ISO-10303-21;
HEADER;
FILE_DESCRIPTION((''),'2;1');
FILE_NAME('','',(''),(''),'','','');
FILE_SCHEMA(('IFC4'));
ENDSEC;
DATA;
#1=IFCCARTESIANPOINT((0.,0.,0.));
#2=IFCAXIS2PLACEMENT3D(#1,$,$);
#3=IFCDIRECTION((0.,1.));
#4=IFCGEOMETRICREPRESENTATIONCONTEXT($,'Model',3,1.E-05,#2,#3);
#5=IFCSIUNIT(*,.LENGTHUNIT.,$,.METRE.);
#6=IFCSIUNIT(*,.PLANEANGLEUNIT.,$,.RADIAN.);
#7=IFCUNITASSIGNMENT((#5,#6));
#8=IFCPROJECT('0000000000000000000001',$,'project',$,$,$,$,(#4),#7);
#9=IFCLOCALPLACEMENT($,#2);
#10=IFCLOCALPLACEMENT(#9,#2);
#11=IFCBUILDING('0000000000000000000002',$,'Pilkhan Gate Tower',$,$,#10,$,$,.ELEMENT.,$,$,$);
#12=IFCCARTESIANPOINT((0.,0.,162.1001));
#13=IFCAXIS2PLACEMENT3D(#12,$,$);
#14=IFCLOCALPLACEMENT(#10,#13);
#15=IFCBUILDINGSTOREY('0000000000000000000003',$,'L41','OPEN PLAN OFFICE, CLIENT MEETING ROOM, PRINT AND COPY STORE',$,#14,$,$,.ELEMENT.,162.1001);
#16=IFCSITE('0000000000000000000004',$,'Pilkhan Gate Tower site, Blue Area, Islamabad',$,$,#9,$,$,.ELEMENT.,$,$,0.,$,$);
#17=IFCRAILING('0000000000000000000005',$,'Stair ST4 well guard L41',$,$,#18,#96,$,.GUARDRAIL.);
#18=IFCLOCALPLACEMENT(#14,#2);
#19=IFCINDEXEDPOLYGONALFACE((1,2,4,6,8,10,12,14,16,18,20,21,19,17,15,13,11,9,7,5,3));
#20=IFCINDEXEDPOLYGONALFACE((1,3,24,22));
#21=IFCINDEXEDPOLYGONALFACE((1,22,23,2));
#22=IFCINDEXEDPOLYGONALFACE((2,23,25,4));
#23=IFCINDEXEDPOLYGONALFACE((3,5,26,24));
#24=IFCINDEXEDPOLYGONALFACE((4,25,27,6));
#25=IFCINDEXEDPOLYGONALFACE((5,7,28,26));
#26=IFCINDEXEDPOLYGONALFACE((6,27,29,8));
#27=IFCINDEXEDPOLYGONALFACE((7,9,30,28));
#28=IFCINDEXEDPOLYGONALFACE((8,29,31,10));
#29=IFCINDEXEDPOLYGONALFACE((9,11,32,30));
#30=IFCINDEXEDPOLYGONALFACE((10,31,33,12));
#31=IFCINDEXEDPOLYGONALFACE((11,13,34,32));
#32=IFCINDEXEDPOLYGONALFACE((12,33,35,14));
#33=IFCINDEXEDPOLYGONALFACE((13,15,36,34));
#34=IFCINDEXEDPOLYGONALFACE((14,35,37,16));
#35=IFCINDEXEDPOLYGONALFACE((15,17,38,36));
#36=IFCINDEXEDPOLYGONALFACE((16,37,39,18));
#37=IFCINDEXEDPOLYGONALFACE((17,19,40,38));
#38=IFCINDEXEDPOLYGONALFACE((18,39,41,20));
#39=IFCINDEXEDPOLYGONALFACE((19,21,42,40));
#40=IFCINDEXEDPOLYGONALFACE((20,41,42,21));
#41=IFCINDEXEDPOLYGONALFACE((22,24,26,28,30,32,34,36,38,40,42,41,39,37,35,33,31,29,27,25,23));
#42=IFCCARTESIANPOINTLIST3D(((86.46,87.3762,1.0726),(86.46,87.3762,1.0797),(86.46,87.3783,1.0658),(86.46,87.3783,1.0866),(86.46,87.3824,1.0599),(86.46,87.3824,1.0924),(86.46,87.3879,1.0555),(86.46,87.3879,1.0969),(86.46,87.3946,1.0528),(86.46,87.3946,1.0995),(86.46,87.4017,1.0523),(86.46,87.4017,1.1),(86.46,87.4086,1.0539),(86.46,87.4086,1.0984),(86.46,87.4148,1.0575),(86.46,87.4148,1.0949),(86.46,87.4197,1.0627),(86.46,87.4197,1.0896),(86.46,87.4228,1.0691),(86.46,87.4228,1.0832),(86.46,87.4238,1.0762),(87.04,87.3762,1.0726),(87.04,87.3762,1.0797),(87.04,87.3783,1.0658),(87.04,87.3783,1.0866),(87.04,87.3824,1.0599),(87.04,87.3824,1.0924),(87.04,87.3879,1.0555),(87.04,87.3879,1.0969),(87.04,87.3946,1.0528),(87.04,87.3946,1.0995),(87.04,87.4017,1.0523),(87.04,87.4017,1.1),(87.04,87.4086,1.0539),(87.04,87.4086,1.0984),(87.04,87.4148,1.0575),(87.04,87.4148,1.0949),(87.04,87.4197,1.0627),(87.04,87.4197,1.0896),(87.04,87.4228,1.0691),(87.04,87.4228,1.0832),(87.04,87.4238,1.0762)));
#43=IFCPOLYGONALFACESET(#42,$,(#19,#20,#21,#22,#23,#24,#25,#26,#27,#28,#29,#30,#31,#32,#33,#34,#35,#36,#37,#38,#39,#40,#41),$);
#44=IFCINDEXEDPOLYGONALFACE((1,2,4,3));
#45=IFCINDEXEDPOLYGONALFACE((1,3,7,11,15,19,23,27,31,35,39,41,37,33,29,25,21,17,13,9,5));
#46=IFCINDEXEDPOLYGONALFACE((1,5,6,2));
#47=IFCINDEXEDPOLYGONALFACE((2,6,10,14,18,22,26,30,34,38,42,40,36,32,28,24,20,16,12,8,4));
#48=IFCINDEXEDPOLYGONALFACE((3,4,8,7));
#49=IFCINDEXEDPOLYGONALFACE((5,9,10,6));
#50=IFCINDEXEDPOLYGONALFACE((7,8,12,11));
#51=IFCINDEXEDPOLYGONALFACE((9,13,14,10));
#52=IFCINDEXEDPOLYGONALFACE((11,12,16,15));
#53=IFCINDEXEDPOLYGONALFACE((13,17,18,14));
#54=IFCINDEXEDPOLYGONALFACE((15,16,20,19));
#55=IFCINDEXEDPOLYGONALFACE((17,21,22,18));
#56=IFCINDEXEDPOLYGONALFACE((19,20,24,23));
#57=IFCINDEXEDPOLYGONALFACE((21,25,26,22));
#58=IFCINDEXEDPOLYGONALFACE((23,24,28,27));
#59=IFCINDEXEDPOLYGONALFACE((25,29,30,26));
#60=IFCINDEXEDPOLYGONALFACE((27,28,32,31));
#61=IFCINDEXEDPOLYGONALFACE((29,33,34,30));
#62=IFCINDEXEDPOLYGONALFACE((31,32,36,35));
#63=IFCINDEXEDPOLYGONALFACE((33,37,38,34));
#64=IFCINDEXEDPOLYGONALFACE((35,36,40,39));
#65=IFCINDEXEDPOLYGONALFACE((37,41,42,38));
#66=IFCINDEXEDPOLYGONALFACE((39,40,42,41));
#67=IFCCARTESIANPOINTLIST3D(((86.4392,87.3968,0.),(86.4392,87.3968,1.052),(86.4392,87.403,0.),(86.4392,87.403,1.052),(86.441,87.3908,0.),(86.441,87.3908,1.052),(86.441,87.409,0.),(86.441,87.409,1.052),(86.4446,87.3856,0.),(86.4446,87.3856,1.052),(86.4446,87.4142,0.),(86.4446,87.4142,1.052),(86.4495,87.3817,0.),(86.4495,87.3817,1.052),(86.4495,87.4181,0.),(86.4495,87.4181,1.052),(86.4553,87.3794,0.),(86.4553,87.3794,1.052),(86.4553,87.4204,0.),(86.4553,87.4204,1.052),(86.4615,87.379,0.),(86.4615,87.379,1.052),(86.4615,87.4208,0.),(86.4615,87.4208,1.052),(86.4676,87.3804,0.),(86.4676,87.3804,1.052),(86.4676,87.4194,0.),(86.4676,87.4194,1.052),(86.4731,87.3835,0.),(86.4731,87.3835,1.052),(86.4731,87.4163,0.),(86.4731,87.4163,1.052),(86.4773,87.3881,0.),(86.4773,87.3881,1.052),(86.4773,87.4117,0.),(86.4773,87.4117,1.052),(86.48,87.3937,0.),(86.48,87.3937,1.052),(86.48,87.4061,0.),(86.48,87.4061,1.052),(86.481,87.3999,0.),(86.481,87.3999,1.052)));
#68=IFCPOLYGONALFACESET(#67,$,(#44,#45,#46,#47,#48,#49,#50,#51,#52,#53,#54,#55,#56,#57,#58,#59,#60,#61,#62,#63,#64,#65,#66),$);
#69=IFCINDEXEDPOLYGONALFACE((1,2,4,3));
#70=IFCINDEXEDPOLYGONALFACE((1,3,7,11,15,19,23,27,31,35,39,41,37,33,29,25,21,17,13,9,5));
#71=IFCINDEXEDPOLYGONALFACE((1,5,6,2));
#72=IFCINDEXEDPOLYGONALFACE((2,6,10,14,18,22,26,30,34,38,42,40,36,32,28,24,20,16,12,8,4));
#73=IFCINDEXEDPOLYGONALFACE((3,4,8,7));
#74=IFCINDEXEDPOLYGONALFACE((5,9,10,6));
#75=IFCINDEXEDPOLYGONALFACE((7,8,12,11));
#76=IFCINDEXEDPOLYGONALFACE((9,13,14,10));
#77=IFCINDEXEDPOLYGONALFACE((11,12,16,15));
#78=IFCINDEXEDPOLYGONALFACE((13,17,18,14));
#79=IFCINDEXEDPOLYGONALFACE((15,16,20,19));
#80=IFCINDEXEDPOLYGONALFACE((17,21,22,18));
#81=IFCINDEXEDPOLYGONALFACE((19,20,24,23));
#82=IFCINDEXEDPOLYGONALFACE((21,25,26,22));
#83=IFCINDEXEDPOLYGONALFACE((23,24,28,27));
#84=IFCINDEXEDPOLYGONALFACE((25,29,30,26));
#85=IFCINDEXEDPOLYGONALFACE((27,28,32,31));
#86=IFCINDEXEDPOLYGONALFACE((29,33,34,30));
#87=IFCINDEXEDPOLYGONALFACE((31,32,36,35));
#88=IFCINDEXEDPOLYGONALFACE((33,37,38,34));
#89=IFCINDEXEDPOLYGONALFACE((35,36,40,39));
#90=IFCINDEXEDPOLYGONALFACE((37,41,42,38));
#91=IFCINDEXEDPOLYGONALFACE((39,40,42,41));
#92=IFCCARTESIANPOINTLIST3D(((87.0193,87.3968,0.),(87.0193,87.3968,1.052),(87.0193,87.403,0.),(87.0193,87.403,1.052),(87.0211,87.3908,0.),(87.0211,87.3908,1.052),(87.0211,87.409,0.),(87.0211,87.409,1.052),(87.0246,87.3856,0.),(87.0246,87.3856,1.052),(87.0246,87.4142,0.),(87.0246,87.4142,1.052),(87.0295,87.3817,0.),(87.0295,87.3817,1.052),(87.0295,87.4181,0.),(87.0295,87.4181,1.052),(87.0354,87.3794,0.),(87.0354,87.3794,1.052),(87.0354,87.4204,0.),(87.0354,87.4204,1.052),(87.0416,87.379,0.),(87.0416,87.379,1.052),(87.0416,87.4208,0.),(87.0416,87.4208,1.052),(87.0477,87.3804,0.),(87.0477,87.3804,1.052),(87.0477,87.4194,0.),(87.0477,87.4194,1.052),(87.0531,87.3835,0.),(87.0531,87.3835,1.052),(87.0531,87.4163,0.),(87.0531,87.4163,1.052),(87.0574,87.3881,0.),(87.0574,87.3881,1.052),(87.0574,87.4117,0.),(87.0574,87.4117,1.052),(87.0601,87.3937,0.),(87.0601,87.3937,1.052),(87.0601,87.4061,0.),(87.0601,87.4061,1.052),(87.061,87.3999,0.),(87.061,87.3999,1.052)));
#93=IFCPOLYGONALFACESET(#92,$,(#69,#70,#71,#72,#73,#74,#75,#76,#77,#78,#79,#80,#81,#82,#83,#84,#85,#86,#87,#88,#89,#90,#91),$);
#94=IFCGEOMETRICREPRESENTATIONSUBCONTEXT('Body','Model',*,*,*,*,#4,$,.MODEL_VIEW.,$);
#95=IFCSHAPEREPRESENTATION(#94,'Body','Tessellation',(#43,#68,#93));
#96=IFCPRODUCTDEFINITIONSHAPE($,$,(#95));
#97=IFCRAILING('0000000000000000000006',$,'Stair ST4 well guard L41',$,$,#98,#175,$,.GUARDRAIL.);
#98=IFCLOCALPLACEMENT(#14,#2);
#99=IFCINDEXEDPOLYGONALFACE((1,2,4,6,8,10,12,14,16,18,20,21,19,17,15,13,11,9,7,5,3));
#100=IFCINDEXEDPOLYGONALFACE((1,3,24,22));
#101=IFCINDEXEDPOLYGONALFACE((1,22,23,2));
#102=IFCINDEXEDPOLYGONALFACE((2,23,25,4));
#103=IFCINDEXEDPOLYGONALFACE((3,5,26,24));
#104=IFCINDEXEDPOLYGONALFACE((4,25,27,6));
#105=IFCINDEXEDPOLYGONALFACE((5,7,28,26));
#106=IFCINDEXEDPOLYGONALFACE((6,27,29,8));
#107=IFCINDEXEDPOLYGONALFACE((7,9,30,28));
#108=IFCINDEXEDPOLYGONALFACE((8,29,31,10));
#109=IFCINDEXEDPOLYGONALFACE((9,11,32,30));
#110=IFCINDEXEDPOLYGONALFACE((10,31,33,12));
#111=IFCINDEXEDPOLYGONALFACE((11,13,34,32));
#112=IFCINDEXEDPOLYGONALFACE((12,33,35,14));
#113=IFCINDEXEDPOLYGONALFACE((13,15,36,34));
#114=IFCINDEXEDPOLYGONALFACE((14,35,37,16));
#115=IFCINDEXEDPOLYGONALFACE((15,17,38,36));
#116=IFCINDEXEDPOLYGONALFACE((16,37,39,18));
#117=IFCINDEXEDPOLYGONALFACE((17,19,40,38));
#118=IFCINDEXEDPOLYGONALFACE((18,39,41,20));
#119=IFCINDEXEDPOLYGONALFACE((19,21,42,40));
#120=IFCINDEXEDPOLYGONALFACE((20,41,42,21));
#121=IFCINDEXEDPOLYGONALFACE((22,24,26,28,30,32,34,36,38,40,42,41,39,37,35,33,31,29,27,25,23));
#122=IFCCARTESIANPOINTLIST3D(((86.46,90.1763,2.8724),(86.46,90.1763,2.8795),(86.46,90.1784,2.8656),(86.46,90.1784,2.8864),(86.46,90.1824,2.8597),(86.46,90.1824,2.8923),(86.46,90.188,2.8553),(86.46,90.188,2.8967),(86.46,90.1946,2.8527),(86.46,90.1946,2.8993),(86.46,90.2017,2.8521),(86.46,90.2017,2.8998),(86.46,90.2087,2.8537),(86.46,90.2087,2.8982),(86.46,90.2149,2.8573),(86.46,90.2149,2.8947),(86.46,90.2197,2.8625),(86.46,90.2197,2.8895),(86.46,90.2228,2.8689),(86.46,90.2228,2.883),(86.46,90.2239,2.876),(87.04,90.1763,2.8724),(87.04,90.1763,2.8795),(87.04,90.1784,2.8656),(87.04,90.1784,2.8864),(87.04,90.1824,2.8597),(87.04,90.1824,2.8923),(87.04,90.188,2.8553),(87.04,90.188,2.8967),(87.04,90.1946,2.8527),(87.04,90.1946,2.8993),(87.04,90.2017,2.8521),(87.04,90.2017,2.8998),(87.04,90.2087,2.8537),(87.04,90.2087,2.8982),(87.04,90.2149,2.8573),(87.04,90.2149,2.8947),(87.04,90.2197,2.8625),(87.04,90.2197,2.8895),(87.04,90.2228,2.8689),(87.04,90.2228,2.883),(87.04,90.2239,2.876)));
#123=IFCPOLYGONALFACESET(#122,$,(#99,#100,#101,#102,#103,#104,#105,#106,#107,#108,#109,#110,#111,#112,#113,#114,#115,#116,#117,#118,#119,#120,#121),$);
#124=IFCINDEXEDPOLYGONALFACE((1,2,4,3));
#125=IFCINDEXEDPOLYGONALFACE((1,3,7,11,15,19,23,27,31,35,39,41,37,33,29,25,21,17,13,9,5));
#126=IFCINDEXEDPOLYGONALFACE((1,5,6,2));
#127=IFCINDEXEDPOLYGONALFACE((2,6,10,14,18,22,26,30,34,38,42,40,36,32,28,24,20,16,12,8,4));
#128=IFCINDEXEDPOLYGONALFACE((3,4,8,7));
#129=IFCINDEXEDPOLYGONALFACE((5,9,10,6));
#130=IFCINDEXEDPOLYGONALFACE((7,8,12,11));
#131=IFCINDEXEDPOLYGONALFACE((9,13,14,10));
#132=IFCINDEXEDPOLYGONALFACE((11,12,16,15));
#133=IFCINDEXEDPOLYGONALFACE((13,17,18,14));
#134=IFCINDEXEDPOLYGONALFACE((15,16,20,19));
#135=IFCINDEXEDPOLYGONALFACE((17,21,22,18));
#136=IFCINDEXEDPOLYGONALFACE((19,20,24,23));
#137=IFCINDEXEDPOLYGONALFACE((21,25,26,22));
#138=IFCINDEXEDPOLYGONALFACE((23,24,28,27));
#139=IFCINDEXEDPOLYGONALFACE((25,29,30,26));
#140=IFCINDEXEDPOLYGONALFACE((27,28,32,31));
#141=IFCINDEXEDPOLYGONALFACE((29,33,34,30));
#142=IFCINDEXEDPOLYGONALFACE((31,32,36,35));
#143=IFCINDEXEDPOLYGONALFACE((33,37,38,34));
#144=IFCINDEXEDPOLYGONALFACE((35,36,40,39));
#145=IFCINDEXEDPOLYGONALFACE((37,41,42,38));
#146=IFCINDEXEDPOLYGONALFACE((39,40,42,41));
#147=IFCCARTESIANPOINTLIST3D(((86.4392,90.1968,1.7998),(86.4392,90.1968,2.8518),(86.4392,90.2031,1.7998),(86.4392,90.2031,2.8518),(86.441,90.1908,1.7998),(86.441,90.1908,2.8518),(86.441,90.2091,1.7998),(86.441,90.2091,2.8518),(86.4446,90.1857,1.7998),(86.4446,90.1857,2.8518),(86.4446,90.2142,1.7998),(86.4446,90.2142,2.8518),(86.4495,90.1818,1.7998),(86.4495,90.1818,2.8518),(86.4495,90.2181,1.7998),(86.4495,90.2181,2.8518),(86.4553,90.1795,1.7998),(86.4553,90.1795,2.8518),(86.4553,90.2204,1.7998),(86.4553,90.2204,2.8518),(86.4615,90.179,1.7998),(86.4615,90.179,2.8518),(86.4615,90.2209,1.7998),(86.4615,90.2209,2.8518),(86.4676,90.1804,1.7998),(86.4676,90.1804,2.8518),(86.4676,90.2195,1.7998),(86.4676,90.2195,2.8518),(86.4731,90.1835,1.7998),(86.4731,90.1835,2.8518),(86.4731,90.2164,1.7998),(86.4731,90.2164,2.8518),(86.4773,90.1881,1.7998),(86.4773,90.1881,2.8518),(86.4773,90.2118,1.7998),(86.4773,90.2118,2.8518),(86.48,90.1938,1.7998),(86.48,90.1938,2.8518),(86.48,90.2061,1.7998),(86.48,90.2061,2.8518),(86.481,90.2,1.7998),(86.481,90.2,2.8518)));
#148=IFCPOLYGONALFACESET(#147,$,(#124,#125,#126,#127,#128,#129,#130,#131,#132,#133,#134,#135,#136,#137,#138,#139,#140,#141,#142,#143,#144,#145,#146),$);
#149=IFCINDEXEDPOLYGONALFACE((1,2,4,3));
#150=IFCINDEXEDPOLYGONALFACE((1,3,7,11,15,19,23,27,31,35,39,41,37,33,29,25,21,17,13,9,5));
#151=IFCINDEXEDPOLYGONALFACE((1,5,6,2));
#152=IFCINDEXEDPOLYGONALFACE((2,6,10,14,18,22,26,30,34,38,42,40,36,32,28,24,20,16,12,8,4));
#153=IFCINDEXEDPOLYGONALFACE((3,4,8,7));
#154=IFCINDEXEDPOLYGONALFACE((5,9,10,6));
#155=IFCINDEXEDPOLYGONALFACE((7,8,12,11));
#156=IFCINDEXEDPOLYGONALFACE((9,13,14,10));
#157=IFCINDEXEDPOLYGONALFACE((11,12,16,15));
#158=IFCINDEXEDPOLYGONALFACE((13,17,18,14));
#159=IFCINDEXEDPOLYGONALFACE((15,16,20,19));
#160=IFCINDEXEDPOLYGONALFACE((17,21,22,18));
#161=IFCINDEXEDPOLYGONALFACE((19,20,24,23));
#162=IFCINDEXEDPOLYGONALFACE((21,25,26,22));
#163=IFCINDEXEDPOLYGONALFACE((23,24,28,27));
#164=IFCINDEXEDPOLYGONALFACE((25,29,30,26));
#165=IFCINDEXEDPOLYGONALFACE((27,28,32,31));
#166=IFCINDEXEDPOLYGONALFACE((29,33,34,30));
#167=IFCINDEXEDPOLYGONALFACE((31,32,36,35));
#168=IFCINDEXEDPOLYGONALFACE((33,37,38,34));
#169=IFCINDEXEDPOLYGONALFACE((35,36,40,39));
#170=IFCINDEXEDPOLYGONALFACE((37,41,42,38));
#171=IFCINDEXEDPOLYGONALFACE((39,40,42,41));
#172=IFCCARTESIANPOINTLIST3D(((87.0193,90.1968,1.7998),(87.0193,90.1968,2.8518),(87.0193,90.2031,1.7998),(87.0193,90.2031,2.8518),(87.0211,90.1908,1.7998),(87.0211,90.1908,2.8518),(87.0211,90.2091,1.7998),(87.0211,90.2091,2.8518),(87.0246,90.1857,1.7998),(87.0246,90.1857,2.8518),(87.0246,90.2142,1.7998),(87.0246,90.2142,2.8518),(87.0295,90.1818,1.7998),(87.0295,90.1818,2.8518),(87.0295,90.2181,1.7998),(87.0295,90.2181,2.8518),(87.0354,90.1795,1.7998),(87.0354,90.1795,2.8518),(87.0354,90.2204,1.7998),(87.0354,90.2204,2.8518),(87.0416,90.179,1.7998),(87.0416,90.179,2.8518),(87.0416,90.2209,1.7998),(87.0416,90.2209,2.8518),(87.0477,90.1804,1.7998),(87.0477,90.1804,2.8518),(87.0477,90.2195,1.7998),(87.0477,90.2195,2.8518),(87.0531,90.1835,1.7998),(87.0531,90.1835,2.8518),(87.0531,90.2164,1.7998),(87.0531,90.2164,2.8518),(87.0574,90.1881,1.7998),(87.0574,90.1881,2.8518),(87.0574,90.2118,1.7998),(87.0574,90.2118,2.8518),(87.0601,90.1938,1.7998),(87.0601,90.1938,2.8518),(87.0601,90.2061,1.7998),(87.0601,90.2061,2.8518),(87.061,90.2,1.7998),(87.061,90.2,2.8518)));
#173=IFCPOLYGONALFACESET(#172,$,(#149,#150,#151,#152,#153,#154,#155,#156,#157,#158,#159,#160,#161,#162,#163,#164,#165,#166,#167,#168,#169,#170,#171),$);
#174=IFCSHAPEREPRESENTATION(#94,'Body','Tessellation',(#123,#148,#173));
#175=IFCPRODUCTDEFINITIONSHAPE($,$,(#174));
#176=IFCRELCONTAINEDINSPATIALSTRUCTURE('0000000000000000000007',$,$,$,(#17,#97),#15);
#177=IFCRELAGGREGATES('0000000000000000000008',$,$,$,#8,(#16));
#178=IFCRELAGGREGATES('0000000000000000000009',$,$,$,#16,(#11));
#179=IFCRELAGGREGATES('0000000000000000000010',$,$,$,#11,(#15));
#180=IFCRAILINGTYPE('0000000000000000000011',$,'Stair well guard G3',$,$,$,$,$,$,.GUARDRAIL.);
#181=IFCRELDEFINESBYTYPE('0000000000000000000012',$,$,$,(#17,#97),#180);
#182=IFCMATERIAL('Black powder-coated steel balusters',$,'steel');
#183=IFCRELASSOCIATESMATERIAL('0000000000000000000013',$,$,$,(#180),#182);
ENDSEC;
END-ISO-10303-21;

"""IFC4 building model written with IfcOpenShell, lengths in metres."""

from ifc_helpers import new_model, si_unit, direction, frame, origin, origin_2d, place, context, subcontext, project, spatial, circle, extrude, material, type_object, element, save


model = new_model("IFC4")

# Units and contexts
model_context = context("Model", 3, precision=1e-05, world=origin(), true_north=direction((0.0, 1.0)))
body_context = subcontext(model_context, "Body", "Model", "MODEL_VIEW")
ifc_project = project(units=[si_unit("LENGTHUNIT", "METRE"), si_unit("PLANEANGLEUNIT", "RADIAN")], contexts=[model_context])

# Site, building, storey
site_placement = place(None, origin())
site = spatial("IfcSite", under=ifc_project, at=site_placement, Name="Pilkhan Gate Tower site, Blue Area, Islamabad", CompositionType="ELEMENT", RefElevation=0.0)
building_placement = place(site_placement, origin())
building = spatial("IfcBuilding", under=site, at=building_placement, Name="Pilkhan Gate Tower", CompositionType="ELEMENT")
storey_placement = place(building_placement, frame((0.0, 0.0, 162.1001)))
storey = spatial("IfcBuildingStorey", under=building, at=storey_placement, Name="L41", Description="OPEN PLAN OFFICE, CLIENT MEETING ROOM, PRINT AND COPY STORE", CompositionType="ELEMENT", Elevation=162.1001)

# Railings
ifc_material_1 = material(Name="Black powder-coated steel balusters", Category="steel")
railing_type_1 = type_object("IfcRailingType", Name="Stair well guard G3", PredefinedType="GUARDRAIL", material=ifc_material_1)
for number, where, name in (
    (1, (86.46, 87.3999, 0.0), "Stair ST4 well guard L41"),
    (2, (86.46, 90.2, 1.7998), "Stair ST4 well guard L41"),
):
    element("IfcRailing", number, at=place(storey_placement, frame(where)), inside=storey, type_object=railing_type_1, Name=name, PredefinedType="GUARDRAIL", context=body_context, shape_type="SweptSolid", body=[
        extrude(circle(Radius=0.0239, at=origin_2d()), frame((0.0, 0.0, 1.0762), z_axis=(1.0, 0.0, 0.0), x_axis=(0.0, 1.0, 0.0)), (0.0, 0.0, 1.0), 0.5801),
        extrude(circle(Radius=0.021, at=origin_2d()), origin(), (0.0, 0.0, 1.0), 1.052),
        extrude(circle(Radius=0.021, at=origin_2d()), frame((0.5801, 0.0, 0.0)), (0.0, 0.0, 1.0), 1.052),
    ])

save(model, "model.ifc")
